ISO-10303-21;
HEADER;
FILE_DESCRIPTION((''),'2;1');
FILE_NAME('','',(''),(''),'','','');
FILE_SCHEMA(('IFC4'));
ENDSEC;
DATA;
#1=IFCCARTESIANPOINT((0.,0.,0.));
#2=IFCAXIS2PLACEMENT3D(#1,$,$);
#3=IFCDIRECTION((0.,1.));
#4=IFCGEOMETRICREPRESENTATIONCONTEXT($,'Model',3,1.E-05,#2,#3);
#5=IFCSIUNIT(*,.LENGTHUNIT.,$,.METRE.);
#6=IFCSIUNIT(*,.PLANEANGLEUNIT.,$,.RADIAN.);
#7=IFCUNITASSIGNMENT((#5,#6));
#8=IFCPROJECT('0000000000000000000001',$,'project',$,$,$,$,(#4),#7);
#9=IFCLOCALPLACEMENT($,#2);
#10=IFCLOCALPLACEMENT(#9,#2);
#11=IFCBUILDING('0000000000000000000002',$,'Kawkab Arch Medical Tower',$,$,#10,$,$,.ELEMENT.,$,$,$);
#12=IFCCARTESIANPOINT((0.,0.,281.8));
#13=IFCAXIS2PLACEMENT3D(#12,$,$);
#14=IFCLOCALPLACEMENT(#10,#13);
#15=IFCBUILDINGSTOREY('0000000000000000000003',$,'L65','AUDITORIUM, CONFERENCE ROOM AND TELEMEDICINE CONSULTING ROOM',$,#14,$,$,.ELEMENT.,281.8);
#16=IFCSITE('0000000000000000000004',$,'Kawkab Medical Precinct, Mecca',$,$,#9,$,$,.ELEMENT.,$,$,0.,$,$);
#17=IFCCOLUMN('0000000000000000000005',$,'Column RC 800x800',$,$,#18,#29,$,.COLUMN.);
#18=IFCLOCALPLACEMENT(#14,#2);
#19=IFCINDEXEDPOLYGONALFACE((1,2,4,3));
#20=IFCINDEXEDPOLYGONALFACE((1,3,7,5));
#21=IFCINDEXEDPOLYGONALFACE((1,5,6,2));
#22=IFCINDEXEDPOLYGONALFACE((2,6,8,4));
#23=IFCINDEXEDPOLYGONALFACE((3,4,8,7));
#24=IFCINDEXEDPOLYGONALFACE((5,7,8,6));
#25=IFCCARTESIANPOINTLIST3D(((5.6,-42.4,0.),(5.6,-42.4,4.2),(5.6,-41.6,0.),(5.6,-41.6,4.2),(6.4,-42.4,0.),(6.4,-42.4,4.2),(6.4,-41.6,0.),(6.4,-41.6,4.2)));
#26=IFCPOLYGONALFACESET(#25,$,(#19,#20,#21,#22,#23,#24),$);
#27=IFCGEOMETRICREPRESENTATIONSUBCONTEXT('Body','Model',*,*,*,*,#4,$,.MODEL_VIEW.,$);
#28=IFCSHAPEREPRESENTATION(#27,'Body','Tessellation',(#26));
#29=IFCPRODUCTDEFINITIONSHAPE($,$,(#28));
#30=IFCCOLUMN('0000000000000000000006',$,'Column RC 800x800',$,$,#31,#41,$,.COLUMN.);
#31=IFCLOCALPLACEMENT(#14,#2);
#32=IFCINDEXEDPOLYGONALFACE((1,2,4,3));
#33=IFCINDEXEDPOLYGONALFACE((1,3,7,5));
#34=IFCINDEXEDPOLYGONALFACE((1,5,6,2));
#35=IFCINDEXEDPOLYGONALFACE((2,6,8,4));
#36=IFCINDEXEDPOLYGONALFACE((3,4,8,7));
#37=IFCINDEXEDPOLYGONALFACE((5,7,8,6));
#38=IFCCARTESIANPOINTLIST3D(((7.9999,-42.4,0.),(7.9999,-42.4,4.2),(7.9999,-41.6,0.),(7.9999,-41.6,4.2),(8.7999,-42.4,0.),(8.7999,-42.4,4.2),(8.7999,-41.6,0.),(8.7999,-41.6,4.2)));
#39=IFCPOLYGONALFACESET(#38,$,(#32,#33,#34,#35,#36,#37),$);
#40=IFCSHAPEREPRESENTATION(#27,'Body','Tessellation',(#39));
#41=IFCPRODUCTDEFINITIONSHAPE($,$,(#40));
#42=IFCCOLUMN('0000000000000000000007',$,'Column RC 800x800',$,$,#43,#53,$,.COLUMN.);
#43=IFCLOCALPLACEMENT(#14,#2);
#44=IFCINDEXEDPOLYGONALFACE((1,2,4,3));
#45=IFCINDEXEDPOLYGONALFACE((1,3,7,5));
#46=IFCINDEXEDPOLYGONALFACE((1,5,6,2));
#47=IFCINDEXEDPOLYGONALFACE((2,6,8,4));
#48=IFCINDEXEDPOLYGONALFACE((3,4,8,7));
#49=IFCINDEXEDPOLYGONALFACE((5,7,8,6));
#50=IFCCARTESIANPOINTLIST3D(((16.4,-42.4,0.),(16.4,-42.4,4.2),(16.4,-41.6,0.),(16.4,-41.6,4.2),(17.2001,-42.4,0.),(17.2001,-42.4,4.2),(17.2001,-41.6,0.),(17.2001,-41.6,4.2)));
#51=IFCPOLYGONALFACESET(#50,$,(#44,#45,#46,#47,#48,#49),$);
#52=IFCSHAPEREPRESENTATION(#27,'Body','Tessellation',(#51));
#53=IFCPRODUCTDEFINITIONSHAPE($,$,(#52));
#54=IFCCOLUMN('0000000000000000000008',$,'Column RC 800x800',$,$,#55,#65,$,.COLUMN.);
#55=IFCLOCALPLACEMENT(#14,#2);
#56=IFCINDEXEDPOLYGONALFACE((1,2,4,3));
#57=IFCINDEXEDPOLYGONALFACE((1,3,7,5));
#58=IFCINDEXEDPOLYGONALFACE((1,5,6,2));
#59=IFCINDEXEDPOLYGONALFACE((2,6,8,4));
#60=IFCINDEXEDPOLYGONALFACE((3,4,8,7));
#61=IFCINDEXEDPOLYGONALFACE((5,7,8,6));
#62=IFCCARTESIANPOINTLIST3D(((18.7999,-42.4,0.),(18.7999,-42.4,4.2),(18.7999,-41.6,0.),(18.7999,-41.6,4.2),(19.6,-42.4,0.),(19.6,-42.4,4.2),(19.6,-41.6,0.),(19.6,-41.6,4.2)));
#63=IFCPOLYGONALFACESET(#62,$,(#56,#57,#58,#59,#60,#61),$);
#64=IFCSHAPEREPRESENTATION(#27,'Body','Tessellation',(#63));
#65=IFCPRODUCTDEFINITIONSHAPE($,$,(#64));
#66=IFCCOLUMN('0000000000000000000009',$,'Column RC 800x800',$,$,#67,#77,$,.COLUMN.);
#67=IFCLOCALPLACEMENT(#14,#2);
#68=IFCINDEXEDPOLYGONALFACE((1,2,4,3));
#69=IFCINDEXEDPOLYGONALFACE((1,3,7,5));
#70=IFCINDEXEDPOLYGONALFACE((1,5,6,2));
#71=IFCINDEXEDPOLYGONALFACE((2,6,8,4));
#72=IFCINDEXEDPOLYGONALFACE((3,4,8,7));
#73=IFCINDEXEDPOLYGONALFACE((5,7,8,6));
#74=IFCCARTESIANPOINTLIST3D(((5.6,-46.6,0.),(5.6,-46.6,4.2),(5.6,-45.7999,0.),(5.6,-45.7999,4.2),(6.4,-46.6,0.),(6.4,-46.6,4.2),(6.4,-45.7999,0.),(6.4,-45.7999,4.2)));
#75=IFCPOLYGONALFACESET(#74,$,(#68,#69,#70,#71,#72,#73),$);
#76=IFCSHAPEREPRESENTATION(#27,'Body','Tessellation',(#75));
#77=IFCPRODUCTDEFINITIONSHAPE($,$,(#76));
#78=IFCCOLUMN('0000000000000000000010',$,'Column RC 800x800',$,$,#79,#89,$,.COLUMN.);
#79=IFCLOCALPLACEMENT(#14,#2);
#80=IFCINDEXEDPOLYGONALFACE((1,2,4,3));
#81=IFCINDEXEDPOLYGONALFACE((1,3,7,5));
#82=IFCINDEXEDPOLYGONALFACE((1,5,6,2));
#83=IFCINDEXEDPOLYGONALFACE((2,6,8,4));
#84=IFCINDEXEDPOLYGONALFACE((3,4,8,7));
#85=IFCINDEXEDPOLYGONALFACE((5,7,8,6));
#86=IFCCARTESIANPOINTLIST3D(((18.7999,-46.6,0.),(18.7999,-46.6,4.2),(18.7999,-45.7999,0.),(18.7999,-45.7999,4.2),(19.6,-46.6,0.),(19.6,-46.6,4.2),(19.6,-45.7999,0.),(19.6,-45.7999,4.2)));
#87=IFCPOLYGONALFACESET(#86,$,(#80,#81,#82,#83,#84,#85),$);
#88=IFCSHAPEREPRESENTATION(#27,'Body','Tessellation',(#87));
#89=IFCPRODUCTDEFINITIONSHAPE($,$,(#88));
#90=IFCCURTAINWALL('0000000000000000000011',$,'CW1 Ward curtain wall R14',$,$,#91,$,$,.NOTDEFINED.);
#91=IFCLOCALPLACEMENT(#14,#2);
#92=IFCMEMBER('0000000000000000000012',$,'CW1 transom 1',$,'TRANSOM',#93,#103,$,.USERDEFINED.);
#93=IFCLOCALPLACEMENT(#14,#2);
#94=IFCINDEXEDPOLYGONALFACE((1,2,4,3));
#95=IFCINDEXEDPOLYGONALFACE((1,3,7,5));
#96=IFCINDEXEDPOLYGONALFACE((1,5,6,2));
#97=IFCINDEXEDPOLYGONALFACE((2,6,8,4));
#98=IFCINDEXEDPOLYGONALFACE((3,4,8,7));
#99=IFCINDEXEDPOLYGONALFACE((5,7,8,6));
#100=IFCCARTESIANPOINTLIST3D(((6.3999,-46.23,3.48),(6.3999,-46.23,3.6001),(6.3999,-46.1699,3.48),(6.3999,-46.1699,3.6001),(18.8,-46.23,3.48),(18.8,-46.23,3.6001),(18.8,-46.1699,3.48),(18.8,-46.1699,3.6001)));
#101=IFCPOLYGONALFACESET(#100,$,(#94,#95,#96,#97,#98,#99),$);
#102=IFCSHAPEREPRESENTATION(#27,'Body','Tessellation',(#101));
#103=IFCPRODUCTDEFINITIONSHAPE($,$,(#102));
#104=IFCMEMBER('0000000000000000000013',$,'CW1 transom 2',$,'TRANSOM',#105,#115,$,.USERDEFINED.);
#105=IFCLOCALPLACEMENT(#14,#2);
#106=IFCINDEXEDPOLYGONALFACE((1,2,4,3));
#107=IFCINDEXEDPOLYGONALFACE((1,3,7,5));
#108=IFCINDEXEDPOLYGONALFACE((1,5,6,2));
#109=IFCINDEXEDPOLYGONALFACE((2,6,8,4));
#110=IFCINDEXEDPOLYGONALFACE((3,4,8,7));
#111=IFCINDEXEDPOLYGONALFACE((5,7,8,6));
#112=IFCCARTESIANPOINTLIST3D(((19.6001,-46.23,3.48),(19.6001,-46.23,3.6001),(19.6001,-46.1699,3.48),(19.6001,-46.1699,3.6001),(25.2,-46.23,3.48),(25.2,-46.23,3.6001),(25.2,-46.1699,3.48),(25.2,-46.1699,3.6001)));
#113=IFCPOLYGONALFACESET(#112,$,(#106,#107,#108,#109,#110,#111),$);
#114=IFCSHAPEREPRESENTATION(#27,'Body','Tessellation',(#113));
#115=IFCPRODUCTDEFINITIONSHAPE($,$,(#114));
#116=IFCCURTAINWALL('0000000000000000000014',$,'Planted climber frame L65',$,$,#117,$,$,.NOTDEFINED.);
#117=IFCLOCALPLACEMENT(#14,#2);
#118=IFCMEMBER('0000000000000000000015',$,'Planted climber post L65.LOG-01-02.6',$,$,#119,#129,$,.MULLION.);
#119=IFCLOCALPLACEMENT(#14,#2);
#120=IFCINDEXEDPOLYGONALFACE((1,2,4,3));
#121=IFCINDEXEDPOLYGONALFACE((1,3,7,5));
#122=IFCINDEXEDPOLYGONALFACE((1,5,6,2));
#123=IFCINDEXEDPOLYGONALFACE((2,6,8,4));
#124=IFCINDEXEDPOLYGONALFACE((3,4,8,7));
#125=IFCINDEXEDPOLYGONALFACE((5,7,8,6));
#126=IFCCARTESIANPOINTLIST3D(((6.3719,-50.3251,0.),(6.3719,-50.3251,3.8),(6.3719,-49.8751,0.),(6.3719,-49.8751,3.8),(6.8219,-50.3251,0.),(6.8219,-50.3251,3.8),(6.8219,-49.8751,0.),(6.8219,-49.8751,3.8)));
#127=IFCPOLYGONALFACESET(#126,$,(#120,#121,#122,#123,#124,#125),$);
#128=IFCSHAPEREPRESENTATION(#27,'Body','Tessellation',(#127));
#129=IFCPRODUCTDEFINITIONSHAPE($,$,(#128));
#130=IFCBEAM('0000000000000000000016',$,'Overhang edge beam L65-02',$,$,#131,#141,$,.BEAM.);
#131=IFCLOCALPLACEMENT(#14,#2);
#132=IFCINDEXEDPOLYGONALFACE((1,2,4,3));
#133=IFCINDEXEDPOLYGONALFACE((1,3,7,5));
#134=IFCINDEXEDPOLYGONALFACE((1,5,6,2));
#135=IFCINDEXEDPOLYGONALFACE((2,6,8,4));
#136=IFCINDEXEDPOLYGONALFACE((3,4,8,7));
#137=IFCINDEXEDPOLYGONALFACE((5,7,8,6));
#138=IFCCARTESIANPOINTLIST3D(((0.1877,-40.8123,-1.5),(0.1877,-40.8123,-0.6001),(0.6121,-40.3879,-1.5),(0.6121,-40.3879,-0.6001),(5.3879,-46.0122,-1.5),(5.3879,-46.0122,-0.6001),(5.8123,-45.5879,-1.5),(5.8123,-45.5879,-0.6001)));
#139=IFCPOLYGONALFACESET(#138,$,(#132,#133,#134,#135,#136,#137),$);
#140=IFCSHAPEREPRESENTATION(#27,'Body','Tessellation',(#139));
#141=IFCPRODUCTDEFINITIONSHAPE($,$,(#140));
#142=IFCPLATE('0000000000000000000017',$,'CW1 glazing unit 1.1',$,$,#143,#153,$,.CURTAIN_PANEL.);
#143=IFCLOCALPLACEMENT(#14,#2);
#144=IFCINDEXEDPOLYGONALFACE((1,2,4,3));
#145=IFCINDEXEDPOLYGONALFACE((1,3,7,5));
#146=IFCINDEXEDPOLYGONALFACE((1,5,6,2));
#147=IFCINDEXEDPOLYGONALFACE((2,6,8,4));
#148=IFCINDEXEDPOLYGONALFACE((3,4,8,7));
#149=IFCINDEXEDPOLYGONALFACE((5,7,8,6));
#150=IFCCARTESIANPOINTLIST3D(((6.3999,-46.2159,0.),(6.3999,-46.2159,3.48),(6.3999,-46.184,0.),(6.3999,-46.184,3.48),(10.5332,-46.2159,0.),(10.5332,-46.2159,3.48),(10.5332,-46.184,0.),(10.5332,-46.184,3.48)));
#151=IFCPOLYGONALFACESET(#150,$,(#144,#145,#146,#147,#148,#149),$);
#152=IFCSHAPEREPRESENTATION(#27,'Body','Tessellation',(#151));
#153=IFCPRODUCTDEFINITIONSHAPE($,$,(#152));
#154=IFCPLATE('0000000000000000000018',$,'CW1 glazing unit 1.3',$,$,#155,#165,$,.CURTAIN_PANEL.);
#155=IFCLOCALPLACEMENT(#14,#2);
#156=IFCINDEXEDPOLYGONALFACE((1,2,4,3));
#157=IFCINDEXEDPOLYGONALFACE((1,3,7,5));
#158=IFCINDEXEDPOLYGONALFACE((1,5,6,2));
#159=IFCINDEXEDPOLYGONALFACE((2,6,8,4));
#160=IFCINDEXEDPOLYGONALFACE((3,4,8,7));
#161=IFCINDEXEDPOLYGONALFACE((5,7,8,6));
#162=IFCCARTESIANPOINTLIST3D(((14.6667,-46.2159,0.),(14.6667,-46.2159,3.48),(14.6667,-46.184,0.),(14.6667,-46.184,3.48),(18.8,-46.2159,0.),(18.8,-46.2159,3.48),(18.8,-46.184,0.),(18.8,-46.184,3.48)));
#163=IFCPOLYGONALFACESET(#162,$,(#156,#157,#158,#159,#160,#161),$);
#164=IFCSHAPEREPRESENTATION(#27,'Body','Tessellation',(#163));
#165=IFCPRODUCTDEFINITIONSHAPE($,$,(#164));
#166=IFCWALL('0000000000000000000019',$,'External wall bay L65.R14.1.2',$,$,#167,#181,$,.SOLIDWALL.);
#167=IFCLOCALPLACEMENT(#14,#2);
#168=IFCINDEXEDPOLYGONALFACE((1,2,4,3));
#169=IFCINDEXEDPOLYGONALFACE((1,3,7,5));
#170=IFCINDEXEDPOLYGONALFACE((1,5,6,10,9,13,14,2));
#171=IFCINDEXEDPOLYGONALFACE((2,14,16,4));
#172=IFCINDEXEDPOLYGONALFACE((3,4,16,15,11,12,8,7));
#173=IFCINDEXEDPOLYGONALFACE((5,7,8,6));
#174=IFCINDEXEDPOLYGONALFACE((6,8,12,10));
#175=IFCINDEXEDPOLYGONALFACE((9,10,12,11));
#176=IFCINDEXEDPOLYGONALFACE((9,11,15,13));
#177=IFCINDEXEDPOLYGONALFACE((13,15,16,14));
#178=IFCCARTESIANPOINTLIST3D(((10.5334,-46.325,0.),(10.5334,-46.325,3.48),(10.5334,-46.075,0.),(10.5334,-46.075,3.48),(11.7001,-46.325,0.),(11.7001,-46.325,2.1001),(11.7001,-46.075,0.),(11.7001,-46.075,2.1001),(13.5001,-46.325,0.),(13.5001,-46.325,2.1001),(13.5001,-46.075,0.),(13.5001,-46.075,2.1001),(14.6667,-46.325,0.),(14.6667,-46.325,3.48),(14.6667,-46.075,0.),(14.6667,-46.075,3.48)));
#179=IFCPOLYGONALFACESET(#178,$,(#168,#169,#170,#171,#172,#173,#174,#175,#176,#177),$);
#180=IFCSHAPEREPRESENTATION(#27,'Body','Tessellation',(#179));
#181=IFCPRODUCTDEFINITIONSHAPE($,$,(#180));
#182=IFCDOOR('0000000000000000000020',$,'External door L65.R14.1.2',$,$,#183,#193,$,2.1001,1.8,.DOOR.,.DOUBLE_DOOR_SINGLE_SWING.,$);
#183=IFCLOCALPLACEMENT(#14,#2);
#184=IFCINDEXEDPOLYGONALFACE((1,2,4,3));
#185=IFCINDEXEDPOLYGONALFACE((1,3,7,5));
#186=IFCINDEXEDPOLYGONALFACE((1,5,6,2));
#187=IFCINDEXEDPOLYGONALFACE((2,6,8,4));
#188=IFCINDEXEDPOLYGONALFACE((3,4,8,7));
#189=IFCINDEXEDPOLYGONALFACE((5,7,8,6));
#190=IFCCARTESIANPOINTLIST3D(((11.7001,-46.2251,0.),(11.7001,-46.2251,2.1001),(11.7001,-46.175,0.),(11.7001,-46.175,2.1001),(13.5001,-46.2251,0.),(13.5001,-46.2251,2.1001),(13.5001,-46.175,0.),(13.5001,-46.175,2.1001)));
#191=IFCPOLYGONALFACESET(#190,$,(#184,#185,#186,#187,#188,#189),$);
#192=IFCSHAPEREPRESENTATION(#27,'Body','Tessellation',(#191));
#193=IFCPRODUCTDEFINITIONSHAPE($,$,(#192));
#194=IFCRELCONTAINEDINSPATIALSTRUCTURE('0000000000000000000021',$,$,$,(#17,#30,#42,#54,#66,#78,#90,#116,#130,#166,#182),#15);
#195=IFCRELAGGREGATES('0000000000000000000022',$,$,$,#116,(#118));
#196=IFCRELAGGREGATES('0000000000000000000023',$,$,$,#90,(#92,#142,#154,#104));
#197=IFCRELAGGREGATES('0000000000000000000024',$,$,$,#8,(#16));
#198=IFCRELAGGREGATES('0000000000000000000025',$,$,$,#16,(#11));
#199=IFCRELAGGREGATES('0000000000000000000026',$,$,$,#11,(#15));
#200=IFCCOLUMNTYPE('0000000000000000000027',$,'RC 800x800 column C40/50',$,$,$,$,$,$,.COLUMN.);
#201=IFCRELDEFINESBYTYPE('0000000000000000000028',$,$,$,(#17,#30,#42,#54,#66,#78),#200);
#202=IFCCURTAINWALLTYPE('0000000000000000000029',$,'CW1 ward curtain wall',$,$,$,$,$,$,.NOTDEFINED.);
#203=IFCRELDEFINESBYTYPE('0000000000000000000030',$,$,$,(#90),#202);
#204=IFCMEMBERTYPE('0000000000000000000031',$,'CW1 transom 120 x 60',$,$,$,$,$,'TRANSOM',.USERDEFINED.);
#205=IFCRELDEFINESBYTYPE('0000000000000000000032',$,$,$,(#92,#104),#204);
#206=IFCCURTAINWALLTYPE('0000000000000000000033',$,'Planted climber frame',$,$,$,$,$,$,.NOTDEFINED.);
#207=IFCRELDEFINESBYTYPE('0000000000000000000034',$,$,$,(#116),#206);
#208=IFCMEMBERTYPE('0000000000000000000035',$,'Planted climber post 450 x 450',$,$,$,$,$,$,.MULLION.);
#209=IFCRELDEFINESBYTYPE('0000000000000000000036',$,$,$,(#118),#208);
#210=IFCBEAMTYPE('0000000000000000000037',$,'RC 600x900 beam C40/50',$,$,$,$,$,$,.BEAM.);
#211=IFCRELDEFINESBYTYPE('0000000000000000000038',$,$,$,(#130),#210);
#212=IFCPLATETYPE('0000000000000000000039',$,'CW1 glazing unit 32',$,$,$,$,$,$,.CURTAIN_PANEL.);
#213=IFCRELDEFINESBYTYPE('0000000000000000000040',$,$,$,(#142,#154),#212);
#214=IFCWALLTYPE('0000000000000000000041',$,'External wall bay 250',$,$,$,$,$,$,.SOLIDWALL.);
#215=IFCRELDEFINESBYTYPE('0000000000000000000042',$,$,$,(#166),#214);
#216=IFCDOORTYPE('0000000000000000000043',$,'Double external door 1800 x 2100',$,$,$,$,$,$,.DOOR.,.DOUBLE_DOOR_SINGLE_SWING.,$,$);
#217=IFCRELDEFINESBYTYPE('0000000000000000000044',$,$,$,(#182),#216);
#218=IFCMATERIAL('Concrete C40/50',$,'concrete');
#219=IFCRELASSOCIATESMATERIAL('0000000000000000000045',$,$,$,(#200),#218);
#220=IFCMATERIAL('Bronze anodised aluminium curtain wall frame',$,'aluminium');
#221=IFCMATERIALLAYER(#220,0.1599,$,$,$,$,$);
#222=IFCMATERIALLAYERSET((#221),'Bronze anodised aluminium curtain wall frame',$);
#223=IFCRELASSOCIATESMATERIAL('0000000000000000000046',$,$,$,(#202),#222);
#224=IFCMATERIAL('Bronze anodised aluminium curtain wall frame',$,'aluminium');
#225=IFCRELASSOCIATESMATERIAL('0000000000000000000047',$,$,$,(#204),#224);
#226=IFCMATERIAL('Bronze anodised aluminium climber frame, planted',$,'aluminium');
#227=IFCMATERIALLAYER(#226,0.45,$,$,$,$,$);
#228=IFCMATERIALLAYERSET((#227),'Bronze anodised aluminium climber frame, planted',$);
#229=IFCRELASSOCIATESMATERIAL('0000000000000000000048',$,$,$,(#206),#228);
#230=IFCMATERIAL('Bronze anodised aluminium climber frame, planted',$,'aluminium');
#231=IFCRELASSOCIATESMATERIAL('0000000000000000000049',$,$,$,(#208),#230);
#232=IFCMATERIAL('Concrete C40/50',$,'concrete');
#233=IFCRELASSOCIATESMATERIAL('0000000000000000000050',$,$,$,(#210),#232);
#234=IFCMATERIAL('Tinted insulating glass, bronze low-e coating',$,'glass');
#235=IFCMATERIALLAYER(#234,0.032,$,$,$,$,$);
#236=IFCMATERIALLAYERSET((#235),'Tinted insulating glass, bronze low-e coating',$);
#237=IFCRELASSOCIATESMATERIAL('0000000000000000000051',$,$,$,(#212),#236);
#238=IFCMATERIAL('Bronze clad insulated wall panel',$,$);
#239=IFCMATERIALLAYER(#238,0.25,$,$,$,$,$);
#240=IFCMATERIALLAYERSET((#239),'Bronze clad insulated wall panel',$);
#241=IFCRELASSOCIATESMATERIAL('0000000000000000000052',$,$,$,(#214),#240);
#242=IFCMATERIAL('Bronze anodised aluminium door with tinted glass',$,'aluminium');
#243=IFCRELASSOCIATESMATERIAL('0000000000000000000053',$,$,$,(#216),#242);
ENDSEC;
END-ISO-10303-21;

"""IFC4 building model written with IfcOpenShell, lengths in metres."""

from ifc_helpers import new_model, si_unit, direction, frame, frame_2d, origin, origin_2d, place, context, subcontext, project, spatial, rectangle, extrude, material, layer, layer_set, material_profile, profile_set, type_object, element, fill, aggregate, save


model = new_model("IFC4")

# Units and contexts
model_context = context("Model", 3, precision=1e-05, world=origin(), true_north=direction((0.0, 1.0)))
body_context = subcontext(model_context, "Body", "Model", "MODEL_VIEW")
ifc_project = project(units=[si_unit("LENGTHUNIT", "METRE"), si_unit("PLANEANGLEUNIT", "RADIAN")], contexts=[model_context])

# Site, building, storey
site_placement = place(None, origin())
site = spatial("IfcSite", under=ifc_project, at=site_placement, Name="Kawkab Medical Precinct, Mecca", CompositionType="ELEMENT", RefElevation=0.0)
building_placement = place(site_placement, origin())
building = spatial("IfcBuilding", under=site, at=building_placement, Name="Kawkab Arch Medical Tower", CompositionType="ELEMENT")
storey_placement = place(building_placement, frame((0.0, 0.0, 281.8)))
storey = spatial("IfcBuildingStorey", under=building, at=storey_placement, Name="L65", Description="AUDITORIUM, CONFERENCE ROOM AND TELEMEDICINE CONSULTING ROOM", CompositionType="ELEMENT", Elevation=281.8)

# Columns
ifc_material_1 = material(Name="Concrete C40/50", Category="concrete")
ifc_material_profile_1 = material_profile(ifc_material_1, rectangle(XDim=0.8, YDim=0.8, at=origin_2d()), Name="RC 800x800")
ifc_profile_set_1 = profile_set([ifc_material_profile_1], Name="Concrete C40/50")
column_type = type_object("IfcColumnType", Name="RC 800x800 column C40/50", PredefinedType="COLUMN", material=ifc_profile_set_1)
for number, where, z_axis, x_axis, name in (
    (1, (6.0, -42.0, 0.0), (0.0, 0.0, 1.0), (1.0, 0.0, 0.0), "Column RC 800x800"),
    (2, (8.3999, -42.0, 0.0), (0.0, 0.0, 1.0), (1.0, 0.0, 0.0), "Column RC 800x800"),
    (3, (16.8, -42.0, 0.0), (0.0, 0.0, 1.0), (1.0, 0.0, 0.0), "Column RC 800x800"),
    (4, (19.2, -42.0, 0.0), (0.0, 0.0, 1.0), (1.0, 0.0, 0.0), "Column RC 800x800"),
    (5, (6.0, -46.2, 0.0), (0.0, 0.0, 1.0), (1.0, 0.0, 0.0), "Column RC 800x800"),
    (6, (19.2, -46.2, 0.0), (0.0, 0.0, 1.0), (1.0, 0.0, 0.0), "Column RC 800x800"),
):
    element("IfcColumn", number, at=place(storey_placement, frame(where, z_axis=z_axis, x_axis=x_axis)), inside=storey, type_object=column_type, Name=name, PredefinedType="COLUMN", context=body_context, shape_type="SweptSolid", body=[
        extrude(rectangle(XDim=0.8, YDim=0.8, at=origin_2d()), origin(), (0.0, 0.0, 1.0), 4.2),
    ])

# Curtain wall, members
ifc_material_2 = material(Name="Bronze anodised aluminium curtain wall frame", Category="aluminium")
ifc_layer_1 = layer(ifc_material_2, 0.1599)
ifc_layer_set_1 = layer_set([ifc_layer_1], Name="Bronze anodised aluminium curtain wall frame")
curtain_wall_type_1 = type_object("IfcCurtainWallType", Name="CW1 ward curtain wall", PredefinedType="NOTDEFINED", material=ifc_layer_set_1)
placement = place(storey_placement, origin())
curtain_wall_1 = element("IfcCurtainWall", 7, at=placement, inside=storey, type_object=curtain_wall_type_1, Name="CW1 Ward curtain wall R14", PredefinedType="NOTDEFINED")
ifc_material_3 = material(Name="Bronze anodised aluminium curtain wall frame", Category="aluminium")
ifc_material_profile_2 = material_profile(ifc_material_3, rectangle(XDim=0.0601, YDim=0.1201, at=origin_2d()), Name="AL 60x120")
ifc_profile_set_2 = profile_set([ifc_material_profile_2], Name="Bronze anodised aluminium curtain wall frame")
member_type_1 = type_object("IfcMemberType", Name="CW1 transom 120 x 60", ElementType="TRANSOM", PredefinedType="USERDEFINED", material=ifc_profile_set_2)
member_1_placement = place(storey_placement, frame((6.3999, -46.2, 3.54), z_axis=(1.0, 0.0, 0.0), x_axis=(0.0, 1.0, 0.0)))
member_1 = element("IfcMember", 8, at=member_1_placement, type_object=member_type_1, Name="CW1 transom 1", ObjectType="TRANSOM", PredefinedType="USERDEFINED", context=body_context, shape_type="SweptSolid", body=[
    extrude(rectangle(XDim=0.0601, YDim=0.1201, at=origin_2d()), origin(), (0.0, 0.0, 1.0), 12.4001),
])
member_2_placement = place(storey_placement, frame((19.6001, -46.2, 3.54), z_axis=(1.0, 0.0, 0.0), x_axis=(0.0, 1.0, 0.0)))
member_2 = element("IfcMember", 9, at=member_2_placement, type_object=member_type_1, Name="CW1 transom 2", ObjectType="TRANSOM", PredefinedType="USERDEFINED", context=body_context, shape_type="SweptSolid", body=[
    extrude(rectangle(XDim=0.0601, YDim=0.1201, at=origin_2d()), origin(), (0.0, 0.0, 1.0), 5.5999),
])

# Curtain wall, member
ifc_material_4 = material(Name="Bronze anodised aluminium climber frame, planted", Category="aluminium")
ifc_layer_2 = layer(ifc_material_4, 0.45)
ifc_layer_set_2 = layer_set([ifc_layer_2], Name="Bronze anodised aluminium climber frame, planted")
curtain_wall_type_2 = type_object("IfcCurtainWallType", Name="Planted climber frame", PredefinedType="NOTDEFINED", material=ifc_layer_set_2)
curtain_wall_2 = element("IfcCurtainWall", 10, at=placement, inside=storey, type_object=curtain_wall_type_2, Name="Planted climber frame L65", PredefinedType="NOTDEFINED")
ifc_material_5 = material(Name="Bronze anodised aluminium climber frame, planted", Category="aluminium")
ifc_material_profile_3 = material_profile(ifc_material_5, rectangle(XDim=0.45, YDim=0.45, at=origin_2d()), Name="Post 450x450")
ifc_profile_set_3 = profile_set([ifc_material_profile_3], Name="Bronze anodised aluminium climber frame, planted")
member_type_2 = type_object("IfcMemberType", Name="Planted climber post 450 x 450", PredefinedType="MULLION", material=ifc_profile_set_3)
member_3_placement = place(storey_placement, frame((6.5969, -50.1001, 0.0), z_axis=(0.0, 0.0, 1.0), x_axis=(1.0, 0.0, 0.0)))
member_3 = element("IfcMember", 11, at=member_3_placement, type_object=member_type_2, Name="Planted climber post L65.LOG-01-02.6", PredefinedType="MULLION", context=body_context, shape_type="SweptSolid", body=[
    extrude(rectangle(XDim=0.45, YDim=0.45, at=origin_2d()), origin(), (0.0, 0.0, 1.0), 3.8),
])
aggregate(curtain_wall_2, [member_3])

# Beam
ifc_material_6 = material(Name="Concrete C40/50", Category="concrete")
ifc_material_profile_4 = material_profile(ifc_material_6, rectangle(XDim=0.6001, YDim=0.8999, at=origin_2d()), Name="RC 600x900")
ifc_profile_set_4 = profile_set([ifc_material_profile_4], Name="Concrete C40/50")
beam_type = type_object("IfcBeamType", Name="RC 600x900 beam C40/50", PredefinedType="BEAM", material=ifc_profile_set_4)
beam_placement = place(storey_placement, frame((5.6001, -45.8, -1.05), z_axis=(-0.707123, 0.70709, 0.0), x_axis=(-0.70709, -0.707123, 0.0)))
element("IfcBeam", 12, at=beam_placement, inside=storey, type_object=beam_type, Name="Overhang edge beam L65-02", PredefinedType="BEAM", context=body_context, shape_type="SweptSolid", body=[
    extrude(rectangle(XDim=0.6001, YDim=0.8999, at=origin_2d()), origin(), (0.0, 0.0, 1.0), 7.354),
])

# Plates
ifc_material_7 = material(Name="Tinted insulating glass, bronze low-e coating", Category="glass")
ifc_layer_3 = layer(ifc_material_7, 0.032)
ifc_layer_set_3 = layer_set([ifc_layer_3], Name="Tinted insulating glass, bronze low-e coating")
plate_type = type_object("IfcPlateType", Name="CW1 glazing unit 32", PredefinedType="CURTAIN_PANEL", material=ifc_layer_set_3)
plate_1_placement = place(storey_placement, frame((8.4666, -46.2, 0.0), z_axis=(0.0, 0.0, 1.0), x_axis=(1.0, 0.0, 0.0)))
plate_1 = element("IfcPlate", 13, at=plate_1_placement, type_object=plate_type, Name="CW1 glazing unit 1.1", PredefinedType="CURTAIN_PANEL", context=body_context, shape_type="SweptSolid", body=[
    extrude(rectangle(XDim=4.1333, YDim=0.032, at=origin_2d()), origin(), (0.0, 0.0, 1.0), 3.48),
])
plate_2_placement = place(storey_placement, frame((16.7334, -46.2, 0.0), z_axis=(0.0, 0.0, 1.0), x_axis=(1.0, 0.0, 0.0)))
plate_2 = element("IfcPlate", 14, at=plate_2_placement, type_object=plate_type, Name="CW1 glazing unit 1.3", PredefinedType="CURTAIN_PANEL", context=body_context, shape_type="SweptSolid", body=[
    extrude(rectangle(XDim=4.1333, YDim=0.032, at=origin_2d()), origin(), (0.0, 0.0, 1.0), 3.48),
])
aggregate(curtain_wall_1, [member_1, plate_1, plate_2, member_2])

# Wall, opening, door
ifc_material_8 = material(Name="Bronze clad insulated wall panel")
ifc_layer_4 = layer(ifc_material_8, 0.25)
ifc_layer_set_4 = layer_set([ifc_layer_4], Name="Bronze clad insulated wall panel")
wall_type_1 = type_object("IfcWallType", Name="External wall bay 250", PredefinedType="SOLIDWALL", material=ifc_layer_set_4)
wall_1_placement = place(storey_placement, frame((10.5334, -46.2, 0.0), z_axis=(0.0, 0.0, 1.0), x_axis=(1.0, 0.0, 0.0)))
wall_1 = element("IfcWall", 15, at=wall_1_placement, inside=storey, type_object=wall_type_1, Name="External wall bay L65.R14.1.2", PredefinedType="SOLIDWALL", context=body_context, shape_type="SweptSolid", body=[
    extrude(rectangle(XDim=4.1333, YDim=0.25, at=frame_2d((2.0667, 0.0))), origin(), (0.0, 0.0, 1.0), 3.48),
])
opening_1_placement = place(wall_1_placement, frame((1.1667, 0.0, 0.0)))
opening_1 = element("IfcOpeningElement", 16, at=opening_1_placement, cuts=wall_1, PredefinedType="OPENING", context=body_context, shape_type="SweptSolid", body=[
    extrude(rectangle(XDim=1.8, YDim=2.1001, at=frame_2d((0.8999, 1.05))), frame((0.0, 0.135, 0.0), z_axis=(0.0, -1.0, 0.0), x_axis=(1.0, 0.0, 0.0)), (0.0, 0.0, 1.0), 0.27),
])
ifc_material_9 = material(Name="Bronze anodised aluminium door with tinted glass", Category="aluminium")
door_type_1 = type_object("IfcDoorType", Name="Double external door 1800 x 2100", OperationType="DOUBLE_DOOR_SINGLE_SWING", PredefinedType="DOOR", material=ifc_material_9)
door_1_placement = place(opening_1_placement, origin())
door_1 = element("IfcDoor", 17, at=door_1_placement, inside=storey, type_object=door_type_1, Name="External door L65.R14.1.2", OperationType="DOUBLE_DOOR_SINGLE_SWING", OverallHeight=2.1001, OverallWidth=1.8, PredefinedType="DOOR", context=body_context, shape_type="SweptSolid", body=[
    extrude(rectangle(XDim=1.8, YDim=2.1001, at=frame_2d((0.8999, 1.05))), frame((0.0, 0.0249, 0.0), z_axis=(0.0, -1.0, 0.0), x_axis=(1.0, 0.0, 0.0)), (0.0, 0.0, 1.0), 0.05),
])
fill(opening_1, door_1)

save(model, "model.ifc")
